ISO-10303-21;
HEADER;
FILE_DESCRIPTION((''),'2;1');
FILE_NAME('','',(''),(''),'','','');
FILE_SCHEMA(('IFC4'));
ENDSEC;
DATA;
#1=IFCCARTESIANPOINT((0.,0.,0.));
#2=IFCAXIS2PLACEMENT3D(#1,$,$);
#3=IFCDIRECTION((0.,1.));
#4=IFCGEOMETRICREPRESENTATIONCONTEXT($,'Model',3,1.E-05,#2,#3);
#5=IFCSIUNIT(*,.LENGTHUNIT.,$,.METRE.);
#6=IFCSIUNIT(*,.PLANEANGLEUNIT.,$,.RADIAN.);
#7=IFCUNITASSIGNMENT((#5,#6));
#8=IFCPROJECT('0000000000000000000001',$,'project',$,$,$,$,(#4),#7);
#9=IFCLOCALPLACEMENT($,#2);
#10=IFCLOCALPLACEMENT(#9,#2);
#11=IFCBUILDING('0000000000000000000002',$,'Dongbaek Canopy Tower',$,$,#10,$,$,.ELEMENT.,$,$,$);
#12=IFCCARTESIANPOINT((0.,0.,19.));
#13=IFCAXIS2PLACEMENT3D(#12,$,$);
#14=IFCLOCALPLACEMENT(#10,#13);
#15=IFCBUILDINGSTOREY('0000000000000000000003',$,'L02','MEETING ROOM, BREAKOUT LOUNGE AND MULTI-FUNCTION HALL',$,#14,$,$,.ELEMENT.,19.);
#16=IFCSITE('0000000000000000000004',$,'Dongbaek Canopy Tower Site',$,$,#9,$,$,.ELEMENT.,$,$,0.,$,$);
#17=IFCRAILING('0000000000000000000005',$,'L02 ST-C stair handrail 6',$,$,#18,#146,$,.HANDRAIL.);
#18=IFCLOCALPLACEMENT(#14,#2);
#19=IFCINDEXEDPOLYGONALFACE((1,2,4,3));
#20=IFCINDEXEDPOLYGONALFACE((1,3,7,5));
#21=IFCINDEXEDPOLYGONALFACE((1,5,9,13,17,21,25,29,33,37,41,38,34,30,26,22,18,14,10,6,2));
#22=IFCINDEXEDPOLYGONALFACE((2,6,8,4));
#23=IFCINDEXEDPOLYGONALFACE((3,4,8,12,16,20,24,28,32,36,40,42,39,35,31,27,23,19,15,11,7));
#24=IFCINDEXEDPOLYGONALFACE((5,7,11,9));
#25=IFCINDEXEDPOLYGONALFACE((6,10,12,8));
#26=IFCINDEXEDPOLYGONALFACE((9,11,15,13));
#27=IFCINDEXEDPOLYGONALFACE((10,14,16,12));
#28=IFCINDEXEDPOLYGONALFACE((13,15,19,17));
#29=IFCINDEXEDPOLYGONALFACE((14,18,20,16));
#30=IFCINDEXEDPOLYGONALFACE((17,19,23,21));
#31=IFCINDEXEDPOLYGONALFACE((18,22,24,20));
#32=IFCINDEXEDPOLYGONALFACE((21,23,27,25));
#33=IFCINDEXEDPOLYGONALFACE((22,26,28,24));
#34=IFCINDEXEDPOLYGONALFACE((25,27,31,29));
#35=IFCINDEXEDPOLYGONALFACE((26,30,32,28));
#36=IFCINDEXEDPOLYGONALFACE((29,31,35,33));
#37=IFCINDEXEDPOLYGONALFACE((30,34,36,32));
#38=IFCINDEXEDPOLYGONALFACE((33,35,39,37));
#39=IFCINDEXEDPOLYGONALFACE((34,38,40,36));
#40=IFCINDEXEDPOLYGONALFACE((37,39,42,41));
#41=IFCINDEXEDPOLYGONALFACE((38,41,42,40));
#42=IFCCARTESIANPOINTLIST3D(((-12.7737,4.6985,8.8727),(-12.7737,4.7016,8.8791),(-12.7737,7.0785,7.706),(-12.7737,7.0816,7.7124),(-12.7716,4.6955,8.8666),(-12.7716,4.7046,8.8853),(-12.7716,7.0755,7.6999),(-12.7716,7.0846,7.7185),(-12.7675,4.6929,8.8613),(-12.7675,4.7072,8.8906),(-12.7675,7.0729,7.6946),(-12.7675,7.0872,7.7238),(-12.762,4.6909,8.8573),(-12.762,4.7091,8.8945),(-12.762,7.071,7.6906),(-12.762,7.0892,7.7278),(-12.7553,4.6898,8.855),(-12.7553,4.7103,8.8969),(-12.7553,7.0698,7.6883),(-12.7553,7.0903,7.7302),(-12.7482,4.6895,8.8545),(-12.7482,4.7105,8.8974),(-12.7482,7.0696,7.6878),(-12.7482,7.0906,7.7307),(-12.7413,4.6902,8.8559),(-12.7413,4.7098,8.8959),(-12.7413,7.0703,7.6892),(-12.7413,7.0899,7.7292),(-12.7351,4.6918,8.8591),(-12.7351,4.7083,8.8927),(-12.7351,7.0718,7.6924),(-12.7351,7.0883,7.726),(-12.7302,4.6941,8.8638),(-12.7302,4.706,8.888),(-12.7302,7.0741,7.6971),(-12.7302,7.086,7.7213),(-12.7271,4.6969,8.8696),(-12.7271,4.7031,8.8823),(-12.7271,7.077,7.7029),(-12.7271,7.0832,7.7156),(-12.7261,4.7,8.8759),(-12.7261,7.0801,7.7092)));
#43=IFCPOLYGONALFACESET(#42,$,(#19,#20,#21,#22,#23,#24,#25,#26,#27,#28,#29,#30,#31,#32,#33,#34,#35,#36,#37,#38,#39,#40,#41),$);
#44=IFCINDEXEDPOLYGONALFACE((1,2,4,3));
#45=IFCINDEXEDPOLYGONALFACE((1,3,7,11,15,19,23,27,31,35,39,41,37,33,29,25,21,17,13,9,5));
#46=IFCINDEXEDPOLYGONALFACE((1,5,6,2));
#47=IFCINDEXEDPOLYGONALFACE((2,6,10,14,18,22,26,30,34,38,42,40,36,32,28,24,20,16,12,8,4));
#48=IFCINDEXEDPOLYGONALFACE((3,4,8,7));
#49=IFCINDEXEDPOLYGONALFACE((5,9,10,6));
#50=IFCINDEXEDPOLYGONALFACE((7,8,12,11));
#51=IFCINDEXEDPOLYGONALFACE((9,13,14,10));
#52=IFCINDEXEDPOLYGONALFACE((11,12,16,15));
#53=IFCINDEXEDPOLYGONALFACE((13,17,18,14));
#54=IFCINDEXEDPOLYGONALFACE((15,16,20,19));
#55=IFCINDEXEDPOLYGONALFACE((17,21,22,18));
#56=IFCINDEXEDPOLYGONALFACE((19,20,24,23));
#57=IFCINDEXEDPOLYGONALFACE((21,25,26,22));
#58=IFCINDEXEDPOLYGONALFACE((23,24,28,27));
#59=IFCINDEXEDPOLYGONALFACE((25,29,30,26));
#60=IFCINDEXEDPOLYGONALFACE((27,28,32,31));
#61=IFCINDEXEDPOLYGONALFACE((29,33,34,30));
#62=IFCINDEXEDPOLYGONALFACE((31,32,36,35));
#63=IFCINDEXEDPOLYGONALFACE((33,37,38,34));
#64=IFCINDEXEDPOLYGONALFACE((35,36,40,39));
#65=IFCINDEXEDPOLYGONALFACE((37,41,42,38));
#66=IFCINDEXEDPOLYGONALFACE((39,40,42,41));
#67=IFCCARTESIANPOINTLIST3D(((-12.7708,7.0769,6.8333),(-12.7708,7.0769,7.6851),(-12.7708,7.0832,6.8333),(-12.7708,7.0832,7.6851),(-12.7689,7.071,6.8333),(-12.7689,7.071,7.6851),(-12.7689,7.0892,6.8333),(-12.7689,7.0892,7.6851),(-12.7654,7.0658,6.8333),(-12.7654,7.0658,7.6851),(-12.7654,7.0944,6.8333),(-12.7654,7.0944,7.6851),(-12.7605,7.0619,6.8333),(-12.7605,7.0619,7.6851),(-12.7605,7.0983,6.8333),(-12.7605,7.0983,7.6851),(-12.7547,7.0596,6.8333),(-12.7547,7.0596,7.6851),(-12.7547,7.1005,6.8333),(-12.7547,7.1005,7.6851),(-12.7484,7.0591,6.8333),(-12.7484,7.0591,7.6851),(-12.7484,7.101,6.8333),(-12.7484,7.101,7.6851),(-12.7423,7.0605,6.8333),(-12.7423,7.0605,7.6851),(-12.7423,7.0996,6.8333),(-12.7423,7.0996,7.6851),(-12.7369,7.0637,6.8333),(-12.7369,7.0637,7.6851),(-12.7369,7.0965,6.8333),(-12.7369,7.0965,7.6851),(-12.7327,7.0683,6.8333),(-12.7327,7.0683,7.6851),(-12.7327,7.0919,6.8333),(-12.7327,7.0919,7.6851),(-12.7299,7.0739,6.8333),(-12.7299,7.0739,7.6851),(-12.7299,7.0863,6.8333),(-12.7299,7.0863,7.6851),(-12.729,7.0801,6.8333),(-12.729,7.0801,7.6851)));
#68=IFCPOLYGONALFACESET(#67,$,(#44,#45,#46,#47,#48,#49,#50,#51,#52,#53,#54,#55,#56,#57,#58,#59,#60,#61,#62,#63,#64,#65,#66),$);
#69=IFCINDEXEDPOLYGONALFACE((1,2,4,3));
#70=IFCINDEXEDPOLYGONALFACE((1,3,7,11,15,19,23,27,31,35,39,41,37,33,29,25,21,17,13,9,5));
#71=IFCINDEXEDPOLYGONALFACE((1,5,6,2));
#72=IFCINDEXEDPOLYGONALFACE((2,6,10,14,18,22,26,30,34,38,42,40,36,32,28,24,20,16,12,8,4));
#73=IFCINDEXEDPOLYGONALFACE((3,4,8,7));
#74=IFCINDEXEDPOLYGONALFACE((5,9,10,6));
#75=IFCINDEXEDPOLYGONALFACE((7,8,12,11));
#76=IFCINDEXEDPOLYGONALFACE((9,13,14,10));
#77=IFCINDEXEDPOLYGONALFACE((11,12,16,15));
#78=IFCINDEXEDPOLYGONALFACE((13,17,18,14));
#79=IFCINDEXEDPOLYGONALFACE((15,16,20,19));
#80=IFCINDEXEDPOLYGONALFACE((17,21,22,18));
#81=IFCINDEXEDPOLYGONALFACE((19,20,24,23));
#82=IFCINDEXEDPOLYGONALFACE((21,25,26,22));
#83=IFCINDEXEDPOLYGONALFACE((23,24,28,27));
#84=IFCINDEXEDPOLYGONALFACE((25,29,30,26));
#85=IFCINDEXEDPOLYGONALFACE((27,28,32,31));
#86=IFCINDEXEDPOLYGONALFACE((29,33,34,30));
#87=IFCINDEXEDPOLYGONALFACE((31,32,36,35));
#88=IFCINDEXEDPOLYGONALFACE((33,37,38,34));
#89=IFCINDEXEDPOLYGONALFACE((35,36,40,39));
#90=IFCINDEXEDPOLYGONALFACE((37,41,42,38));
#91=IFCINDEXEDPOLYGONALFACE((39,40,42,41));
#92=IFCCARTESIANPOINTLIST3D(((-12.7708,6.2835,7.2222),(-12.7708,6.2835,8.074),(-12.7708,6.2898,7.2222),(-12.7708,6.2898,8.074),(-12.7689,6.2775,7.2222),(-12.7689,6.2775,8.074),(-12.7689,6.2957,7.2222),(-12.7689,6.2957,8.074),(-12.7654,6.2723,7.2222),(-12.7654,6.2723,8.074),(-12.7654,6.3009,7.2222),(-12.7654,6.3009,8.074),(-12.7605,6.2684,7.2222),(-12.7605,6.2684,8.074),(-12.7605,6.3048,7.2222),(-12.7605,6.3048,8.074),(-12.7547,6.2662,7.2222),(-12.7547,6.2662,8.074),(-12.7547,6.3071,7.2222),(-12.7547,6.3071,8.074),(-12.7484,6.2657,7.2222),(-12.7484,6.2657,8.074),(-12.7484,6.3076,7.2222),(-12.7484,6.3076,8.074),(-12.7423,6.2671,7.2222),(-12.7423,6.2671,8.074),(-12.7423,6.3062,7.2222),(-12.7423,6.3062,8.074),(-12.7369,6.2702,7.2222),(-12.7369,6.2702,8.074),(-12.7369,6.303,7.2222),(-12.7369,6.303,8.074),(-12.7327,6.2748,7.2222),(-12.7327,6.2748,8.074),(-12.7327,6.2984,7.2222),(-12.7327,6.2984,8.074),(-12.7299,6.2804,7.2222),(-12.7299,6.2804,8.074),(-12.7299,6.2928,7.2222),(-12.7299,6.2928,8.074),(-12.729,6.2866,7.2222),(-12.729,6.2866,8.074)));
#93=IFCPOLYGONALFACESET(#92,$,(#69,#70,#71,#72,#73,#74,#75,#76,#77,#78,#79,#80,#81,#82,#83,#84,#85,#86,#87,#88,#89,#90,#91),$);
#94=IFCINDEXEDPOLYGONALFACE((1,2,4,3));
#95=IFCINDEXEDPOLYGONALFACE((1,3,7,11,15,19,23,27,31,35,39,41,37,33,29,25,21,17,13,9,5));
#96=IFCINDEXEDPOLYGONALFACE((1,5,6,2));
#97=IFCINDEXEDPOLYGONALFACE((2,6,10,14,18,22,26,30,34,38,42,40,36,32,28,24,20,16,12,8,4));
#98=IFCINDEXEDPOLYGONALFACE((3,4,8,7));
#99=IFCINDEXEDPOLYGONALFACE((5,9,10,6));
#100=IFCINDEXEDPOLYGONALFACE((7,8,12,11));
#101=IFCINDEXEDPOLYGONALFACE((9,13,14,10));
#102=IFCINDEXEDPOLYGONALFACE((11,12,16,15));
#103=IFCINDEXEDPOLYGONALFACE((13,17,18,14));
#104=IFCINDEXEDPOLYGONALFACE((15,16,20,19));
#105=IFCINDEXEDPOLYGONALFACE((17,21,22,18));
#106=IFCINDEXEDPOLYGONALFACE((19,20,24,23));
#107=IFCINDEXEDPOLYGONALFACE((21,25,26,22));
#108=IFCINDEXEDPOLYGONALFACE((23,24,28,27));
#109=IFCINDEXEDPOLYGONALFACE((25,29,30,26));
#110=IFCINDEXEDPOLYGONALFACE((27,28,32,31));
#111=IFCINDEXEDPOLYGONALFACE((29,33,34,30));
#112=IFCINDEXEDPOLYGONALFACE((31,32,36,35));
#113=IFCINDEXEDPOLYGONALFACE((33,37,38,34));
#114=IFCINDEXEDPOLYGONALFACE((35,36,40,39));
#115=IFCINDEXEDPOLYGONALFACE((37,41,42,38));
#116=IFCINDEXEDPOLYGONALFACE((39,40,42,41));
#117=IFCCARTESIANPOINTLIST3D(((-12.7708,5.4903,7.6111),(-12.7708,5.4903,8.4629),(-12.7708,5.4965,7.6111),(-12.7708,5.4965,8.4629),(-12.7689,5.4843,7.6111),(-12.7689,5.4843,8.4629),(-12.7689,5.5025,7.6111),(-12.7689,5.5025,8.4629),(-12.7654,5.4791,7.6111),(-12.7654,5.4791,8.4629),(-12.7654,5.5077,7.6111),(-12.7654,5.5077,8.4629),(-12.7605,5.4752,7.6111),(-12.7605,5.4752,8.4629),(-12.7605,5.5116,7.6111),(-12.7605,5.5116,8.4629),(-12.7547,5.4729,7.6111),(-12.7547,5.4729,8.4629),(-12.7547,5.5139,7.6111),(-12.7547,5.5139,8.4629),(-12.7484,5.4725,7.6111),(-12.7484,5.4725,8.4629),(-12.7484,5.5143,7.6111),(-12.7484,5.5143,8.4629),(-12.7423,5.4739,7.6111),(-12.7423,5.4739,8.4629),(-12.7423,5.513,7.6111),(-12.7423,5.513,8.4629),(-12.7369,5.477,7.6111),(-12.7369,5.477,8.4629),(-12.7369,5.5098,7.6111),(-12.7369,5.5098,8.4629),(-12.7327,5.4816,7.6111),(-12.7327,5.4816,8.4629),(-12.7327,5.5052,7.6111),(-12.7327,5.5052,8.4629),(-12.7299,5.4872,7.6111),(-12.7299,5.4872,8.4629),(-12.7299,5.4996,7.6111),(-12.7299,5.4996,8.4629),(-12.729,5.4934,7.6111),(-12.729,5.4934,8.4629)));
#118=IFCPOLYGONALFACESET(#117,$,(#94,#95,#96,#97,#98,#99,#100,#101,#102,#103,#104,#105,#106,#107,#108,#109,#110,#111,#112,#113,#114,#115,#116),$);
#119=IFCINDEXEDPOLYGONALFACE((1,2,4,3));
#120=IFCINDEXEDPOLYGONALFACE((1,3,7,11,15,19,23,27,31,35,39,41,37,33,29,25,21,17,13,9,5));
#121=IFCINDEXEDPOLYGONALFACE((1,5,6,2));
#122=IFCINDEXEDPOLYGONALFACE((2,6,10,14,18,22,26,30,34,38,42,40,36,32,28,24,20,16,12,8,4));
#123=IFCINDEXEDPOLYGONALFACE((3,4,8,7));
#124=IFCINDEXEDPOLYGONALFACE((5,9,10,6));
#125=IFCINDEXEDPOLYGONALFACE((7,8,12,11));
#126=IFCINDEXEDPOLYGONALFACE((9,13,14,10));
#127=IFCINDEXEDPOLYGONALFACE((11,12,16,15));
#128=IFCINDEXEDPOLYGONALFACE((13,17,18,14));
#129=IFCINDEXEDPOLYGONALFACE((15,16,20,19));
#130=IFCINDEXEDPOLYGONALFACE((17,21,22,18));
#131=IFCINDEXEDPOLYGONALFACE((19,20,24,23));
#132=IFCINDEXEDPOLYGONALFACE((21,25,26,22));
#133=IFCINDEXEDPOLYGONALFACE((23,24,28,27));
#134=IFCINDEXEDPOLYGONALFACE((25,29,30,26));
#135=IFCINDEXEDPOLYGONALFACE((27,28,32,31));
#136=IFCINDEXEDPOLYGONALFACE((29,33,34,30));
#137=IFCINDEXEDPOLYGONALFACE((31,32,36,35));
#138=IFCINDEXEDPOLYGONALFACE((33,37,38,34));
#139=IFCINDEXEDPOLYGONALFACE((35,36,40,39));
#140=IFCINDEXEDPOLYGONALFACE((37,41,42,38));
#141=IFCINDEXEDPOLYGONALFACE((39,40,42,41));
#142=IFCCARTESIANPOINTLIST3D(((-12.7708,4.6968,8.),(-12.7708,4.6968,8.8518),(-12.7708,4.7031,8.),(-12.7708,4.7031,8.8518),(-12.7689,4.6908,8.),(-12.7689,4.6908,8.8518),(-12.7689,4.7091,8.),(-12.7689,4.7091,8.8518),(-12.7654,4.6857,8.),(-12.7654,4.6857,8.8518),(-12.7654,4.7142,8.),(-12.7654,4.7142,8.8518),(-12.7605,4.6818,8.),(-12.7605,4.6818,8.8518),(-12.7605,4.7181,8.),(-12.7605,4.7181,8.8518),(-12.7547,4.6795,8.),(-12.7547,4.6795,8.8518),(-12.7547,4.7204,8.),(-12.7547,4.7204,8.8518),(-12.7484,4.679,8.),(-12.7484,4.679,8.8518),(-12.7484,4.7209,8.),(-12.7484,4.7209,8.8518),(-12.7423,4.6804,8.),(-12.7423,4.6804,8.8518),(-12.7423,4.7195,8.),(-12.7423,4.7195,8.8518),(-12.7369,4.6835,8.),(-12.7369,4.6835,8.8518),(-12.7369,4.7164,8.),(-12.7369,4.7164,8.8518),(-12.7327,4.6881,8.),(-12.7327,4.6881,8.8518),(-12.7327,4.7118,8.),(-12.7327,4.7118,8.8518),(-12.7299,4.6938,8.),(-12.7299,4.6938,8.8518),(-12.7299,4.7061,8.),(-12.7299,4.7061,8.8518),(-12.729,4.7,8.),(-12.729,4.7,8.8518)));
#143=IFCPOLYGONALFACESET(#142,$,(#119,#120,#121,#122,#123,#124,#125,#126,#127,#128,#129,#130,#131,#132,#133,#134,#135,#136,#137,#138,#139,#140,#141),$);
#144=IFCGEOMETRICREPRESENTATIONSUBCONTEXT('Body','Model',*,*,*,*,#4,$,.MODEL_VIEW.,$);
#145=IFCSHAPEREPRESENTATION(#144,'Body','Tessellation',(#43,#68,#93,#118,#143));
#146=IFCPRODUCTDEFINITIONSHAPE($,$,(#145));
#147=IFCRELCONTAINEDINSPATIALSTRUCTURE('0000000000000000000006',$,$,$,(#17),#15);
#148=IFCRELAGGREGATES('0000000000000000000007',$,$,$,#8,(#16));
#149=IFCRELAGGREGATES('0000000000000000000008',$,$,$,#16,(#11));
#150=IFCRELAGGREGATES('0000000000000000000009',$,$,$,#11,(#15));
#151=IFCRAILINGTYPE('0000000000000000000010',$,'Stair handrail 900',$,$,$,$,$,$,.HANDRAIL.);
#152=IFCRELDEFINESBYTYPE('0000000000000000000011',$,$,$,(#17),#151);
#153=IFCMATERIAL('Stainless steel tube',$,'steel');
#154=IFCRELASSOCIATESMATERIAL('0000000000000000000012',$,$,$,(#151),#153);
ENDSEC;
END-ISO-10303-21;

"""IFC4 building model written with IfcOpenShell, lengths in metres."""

from ifc_helpers import new_model, si_unit, direction, frame, origin, origin_2d, place, context, subcontext, project, spatial, circle, extrude, material, type_object, element, save


model = new_model("IFC4")

# Units and contexts
model_context = context("Model", 3, precision=1e-05, world=origin(), true_north=direction((0.0, 1.0)))
body_context = subcontext(model_context, "Body", "Model", "MODEL_VIEW")
ifc_project = project(units=[si_unit("LENGTHUNIT", "METRE"), si_unit("PLANEANGLEUNIT", "RADIAN")], contexts=[model_context])

# Site, building, storey
site_placement = place(None, origin())
site = spatial("IfcSite", under=ifc_project, at=site_placement, Name="Dongbaek Canopy Tower Site", CompositionType="ELEMENT", RefElevation=0.0)
building_placement = place(site_placement, origin())
building = spatial("IfcBuilding", under=site, at=building_placement, Name="Dongbaek Canopy Tower", CompositionType="ELEMENT")
storey_placement = place(building_placement, frame((0.0, 0.0, 19.0)))
storey = spatial("IfcBuildingStorey", under=building, at=storey_placement, Name="L02", Description="MEETING ROOM, BREAKOUT LOUNGE AND MULTI-FUNCTION HALL", CompositionType="ELEMENT", Elevation=19.0)

# Railing
ifc_material_1 = material(Name="Stainless steel tube", Category="steel")
railing_type_1 = type_object("IfcRailingType", Name="Stair handrail 900", PredefinedType="HANDRAIL", material=ifc_material_1)
railing_1_placement = place(storey_placement, frame((-12.75, 7.0801, 6.8333)))
element("IfcRailing", 1, at=railing_1_placement, inside=storey, type_object=railing_type_1, Name="L02 ST-C stair handrail 6", PredefinedType="HANDRAIL", context=body_context, shape_type="SweptSolid", body=[
    extrude(circle(Radius=0.0239, at=origin_2d()), frame((0.0, 0.0, 0.876), z_axis=(0.0, -0.897918, 0.440163), x_axis=(1.0, 0.0, 0.0)), (0.0, 0.0, 1.0), 2.6506),
    extrude(circle(Radius=0.021, at=origin_2d()), origin(), (0.0, 0.0, 1.0), 0.8518),
    extrude(circle(Radius=0.021, at=origin_2d()), frame((0.0, -0.7935, 0.3889)), (0.0, 0.0, 1.0), 0.8518),
    extrude(circle(Radius=0.021, at=origin_2d()), frame((0.0, -1.5867, 0.7778)), (0.0, 0.0, 1.0), 0.8518),
    extrude(circle(Radius=0.021, at=origin_2d()), frame((0.0, -2.3801, 1.1667)), (0.0, 0.0, 1.0), 0.8518),
])

save(model, "model.ifc")
